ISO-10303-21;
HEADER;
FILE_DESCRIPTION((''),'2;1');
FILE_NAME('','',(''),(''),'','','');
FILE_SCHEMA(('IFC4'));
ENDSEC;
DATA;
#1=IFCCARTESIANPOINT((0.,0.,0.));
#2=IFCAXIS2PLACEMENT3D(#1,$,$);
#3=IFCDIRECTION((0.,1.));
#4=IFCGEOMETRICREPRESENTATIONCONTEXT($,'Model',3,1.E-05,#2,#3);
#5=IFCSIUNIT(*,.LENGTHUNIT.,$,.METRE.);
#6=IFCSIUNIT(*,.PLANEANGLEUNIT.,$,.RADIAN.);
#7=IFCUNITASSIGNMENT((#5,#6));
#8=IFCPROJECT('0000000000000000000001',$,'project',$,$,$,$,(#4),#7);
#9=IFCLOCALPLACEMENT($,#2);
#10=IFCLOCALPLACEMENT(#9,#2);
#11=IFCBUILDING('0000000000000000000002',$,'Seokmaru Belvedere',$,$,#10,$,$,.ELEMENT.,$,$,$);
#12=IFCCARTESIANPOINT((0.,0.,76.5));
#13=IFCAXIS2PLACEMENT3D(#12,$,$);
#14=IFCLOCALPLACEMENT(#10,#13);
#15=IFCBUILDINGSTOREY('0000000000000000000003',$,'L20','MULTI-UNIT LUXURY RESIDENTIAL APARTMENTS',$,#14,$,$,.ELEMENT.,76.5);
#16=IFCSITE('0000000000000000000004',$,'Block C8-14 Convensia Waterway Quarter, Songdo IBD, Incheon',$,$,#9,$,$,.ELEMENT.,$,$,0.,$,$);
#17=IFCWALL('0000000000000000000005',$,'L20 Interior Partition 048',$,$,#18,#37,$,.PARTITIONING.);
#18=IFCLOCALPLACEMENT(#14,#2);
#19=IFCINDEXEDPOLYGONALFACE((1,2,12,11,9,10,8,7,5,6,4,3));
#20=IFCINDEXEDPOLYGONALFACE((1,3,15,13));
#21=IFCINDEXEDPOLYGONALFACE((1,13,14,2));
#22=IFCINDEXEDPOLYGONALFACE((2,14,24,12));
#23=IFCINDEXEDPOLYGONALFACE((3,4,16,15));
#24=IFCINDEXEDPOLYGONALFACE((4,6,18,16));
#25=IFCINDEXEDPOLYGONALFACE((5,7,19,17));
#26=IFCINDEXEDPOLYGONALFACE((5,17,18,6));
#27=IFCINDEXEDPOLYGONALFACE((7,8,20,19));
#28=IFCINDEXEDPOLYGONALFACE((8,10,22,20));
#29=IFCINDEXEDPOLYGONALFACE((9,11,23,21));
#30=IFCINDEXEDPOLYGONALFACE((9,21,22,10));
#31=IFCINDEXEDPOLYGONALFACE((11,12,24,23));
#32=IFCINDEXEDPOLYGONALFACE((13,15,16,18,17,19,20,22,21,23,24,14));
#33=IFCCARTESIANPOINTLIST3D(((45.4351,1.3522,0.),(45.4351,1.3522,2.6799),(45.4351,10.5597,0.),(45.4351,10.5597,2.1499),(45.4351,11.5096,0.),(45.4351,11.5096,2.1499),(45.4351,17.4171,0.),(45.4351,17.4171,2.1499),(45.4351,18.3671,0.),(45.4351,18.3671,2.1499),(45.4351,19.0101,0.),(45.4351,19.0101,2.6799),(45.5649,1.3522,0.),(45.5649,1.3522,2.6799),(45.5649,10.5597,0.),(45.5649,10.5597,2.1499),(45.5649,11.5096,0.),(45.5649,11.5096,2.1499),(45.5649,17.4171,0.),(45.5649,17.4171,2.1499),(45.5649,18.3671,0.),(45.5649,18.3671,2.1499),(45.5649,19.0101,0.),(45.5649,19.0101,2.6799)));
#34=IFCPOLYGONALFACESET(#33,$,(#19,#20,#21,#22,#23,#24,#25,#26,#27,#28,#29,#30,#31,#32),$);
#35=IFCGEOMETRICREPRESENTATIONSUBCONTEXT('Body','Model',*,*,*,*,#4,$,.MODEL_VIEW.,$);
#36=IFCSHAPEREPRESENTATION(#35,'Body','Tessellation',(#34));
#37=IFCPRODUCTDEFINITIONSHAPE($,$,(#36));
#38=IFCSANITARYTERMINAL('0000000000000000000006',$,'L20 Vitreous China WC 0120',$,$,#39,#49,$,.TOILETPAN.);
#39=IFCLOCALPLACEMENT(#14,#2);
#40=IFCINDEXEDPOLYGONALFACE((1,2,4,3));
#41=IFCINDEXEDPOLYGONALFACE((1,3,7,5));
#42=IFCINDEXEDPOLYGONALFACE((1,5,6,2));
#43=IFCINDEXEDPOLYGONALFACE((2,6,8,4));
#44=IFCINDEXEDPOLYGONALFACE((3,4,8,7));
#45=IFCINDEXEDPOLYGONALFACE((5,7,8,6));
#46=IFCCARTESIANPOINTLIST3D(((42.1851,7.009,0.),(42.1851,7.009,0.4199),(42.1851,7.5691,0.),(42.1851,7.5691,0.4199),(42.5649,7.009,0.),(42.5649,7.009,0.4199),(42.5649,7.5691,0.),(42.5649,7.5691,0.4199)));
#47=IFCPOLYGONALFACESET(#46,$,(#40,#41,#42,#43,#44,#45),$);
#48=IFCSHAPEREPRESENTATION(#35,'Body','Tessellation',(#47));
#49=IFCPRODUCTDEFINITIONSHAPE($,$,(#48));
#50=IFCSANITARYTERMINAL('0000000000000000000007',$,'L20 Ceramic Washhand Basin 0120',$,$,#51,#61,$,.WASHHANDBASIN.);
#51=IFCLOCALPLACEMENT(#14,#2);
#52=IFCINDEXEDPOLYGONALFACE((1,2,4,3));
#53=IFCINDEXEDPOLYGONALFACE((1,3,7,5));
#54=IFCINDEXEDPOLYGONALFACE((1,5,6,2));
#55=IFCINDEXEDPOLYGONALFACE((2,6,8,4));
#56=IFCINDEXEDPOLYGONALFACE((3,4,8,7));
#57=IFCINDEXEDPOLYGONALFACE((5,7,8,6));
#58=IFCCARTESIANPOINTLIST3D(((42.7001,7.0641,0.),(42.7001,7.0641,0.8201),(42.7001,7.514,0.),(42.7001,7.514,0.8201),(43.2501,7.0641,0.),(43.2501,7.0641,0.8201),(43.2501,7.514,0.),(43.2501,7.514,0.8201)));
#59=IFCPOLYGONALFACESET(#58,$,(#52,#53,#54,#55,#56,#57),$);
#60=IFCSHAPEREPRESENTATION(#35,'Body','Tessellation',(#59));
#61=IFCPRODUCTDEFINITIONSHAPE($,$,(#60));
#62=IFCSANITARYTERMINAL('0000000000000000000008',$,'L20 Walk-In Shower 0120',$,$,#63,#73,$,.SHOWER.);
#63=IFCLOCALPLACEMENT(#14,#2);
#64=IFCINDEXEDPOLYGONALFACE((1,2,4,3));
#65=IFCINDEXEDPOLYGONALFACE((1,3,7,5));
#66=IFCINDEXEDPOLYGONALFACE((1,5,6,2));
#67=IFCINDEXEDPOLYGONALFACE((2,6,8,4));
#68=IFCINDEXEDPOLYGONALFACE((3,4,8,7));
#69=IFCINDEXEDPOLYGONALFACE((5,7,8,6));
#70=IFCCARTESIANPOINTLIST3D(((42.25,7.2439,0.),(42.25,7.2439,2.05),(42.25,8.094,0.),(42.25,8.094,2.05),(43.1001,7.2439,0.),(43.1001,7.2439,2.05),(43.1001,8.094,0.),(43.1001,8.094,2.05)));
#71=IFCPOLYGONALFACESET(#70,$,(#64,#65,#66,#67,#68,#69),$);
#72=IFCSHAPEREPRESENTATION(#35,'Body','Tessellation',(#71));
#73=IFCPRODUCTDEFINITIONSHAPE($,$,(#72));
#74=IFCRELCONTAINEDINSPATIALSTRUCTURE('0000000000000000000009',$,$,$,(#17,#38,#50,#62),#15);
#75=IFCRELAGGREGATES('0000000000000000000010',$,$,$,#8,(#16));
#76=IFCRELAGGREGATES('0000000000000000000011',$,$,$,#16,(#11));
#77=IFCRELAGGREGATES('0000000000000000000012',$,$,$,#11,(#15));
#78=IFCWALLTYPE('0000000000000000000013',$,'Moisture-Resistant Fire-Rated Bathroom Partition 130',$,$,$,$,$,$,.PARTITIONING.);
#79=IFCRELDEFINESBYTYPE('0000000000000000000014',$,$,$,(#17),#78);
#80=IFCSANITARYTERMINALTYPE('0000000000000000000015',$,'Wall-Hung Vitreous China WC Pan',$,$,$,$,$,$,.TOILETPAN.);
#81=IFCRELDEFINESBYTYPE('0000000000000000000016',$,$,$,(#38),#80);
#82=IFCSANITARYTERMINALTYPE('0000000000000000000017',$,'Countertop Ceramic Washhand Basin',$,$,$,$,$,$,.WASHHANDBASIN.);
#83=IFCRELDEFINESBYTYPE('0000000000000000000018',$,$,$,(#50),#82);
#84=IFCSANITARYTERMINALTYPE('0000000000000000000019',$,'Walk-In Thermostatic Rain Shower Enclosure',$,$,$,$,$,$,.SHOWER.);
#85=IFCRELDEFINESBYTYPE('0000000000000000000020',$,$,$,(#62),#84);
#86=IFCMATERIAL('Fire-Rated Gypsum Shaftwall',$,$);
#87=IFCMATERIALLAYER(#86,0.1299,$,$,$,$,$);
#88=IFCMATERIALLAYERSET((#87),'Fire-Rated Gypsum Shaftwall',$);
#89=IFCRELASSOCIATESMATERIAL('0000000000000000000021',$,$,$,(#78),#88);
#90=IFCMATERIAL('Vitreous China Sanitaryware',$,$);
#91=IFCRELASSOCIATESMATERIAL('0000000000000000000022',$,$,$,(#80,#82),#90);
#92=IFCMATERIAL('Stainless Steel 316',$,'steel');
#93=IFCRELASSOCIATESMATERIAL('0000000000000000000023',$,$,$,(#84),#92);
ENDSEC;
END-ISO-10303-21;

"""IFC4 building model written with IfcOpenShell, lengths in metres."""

from ifc_helpers import new_model, si_unit, direction, frame, frame_2d, origin, origin_2d, place, context, subcontext, project, spatial, rectangle, extrude, source, transform, mapped, material, layer, layer_set, type_object, type_shapes, element, save


model = new_model("IFC4")

# Units and contexts
model_context = context("Model", 3, precision=1e-05, world=origin(), true_north=direction((0.0, 1.0)))
body_context = subcontext(model_context, "Body", "Model", "MODEL_VIEW")
ifc_project = project(units=[si_unit("LENGTHUNIT", "METRE"), si_unit("PLANEANGLEUNIT", "RADIAN")], contexts=[model_context])

# Site, building, storey
site_placement = place(None, origin())
site = spatial("IfcSite", under=ifc_project, at=site_placement, Name="Block C8-14 Convensia Waterway Quarter, Songdo IBD, Incheon", CompositionType="ELEMENT", RefElevation=0.0)
building_placement = place(site_placement, origin())
building = spatial("IfcBuilding", under=site, at=building_placement, Name="Seokmaru Belvedere", CompositionType="ELEMENT")
storey_placement = place(building_placement, frame((0.0, 0.0, 76.5)))
storey = spatial("IfcBuildingStorey", under=building, at=storey_placement, Name="L20", Description="MULTI-UNIT LUXURY RESIDENTIAL APARTMENTS", CompositionType="ELEMENT", Elevation=76.5)

# Shared definitions
ifc_material_1 = material(Name="Fire-Rated Gypsum Shaftwall")

# Wall, openings
ifc_layer_1 = layer(ifc_material_1, 0.1299)
ifc_layer_set_1 = layer_set([ifc_layer_1], Name="Fire-Rated Gypsum Shaftwall")
wall_type_1 = type_object("IfcWallType", Name="Moisture-Resistant Fire-Rated Bathroom Partition 130", PredefinedType="PARTITIONING", material=ifc_layer_set_1)
wall_1_placement = place(storey_placement, frame((45.5, 1.3521, 0.0), z_axis=(0.0, 0.0, 1.0), x_axis=(0.0, 1.0, 0.0)))
wall_1 = element("IfcWall", 1, at=wall_1_placement, inside=storey, type_object=wall_type_1, Name="L20 Interior Partition 048", PredefinedType="PARTITIONING", context=body_context, shape_type="SweptSolid", body=[
    extrude(rectangle(XDim=17.658, YDim=0.1299, at=frame_2d((8.8291, 0.0))), origin(), (0.0, 0.0, 1.0), 2.6799),
])
opening_1_placement = place(wall_1_placement, frame((9.2075, 0.0, 0.0)))
element("IfcOpeningElement", 2, at=opening_1_placement, cuts=wall_1, PredefinedType="OPENING", context=body_context, shape_type="SweptSolid", body=[
    extrude(rectangle(XDim=0.95, YDim=2.1499, at=frame_2d((0.4751, 1.075))), frame((0.0, 0.075, 0.0), z_axis=(0.0, -1.0, 0.0), x_axis=(1.0, 0.0, 0.0)), (0.0, 0.0, 1.0), 0.1499),
])
opening_2_placement = place(wall_1_placement, frame((16.0649, 0.0, 0.0)))
element("IfcOpeningElement", 3, at=opening_2_placement, cuts=wall_1, PredefinedType="OPENING", context=body_context, shape_type="SweptSolid", body=[
    extrude(rectangle(XDim=0.95, YDim=2.1499, at=frame_2d((0.4751, 1.075))), frame((0.0, 0.075, 0.0), z_axis=(0.0, -1.0, 0.0), x_axis=(1.0, 0.0, 0.0)), (0.0, 0.0, 1.0), 0.1499),
])

# Sanitary terminals
ifc_material_2 = material(Name="Vitreous China Sanitaryware")
sanitary_terminal_type_1 = type_object("IfcSanitaryTerminalType", Name="Wall-Hung Vitreous China WC Pan", PredefinedType="TOILETPAN", material=ifc_material_2)
shared_shape_1 = source(origin(), body_context, "Body", "SweptSolid", [
    extrude(rectangle(XDim=0.3799, YDim=0.5601, at=origin_2d()), origin(), (0.0, 0.0, 1.0), 0.4199),
])
type_shapes(sanitary_terminal_type_1, [shared_shape_1])
sanitary_terminal_1_placement = place(storey_placement, frame((42.375, 7.2891, 0.0), z_axis=(0.0, 0.0, 1.0), x_axis=(1.0, 0.0, 0.0)))
element("IfcSanitaryTerminal", 4, at=sanitary_terminal_1_placement, inside=storey, type_object=sanitary_terminal_type_1, Name="L20 Vitreous China WC 0120", PredefinedType="TOILETPAN", context=body_context, shape_type="MappedRepresentation", body=[
    mapped(shared_shape_1, transform((0.0, 0.0, 0.0), scale=1.0)),
])
sanitary_terminal_type_2 = type_object("IfcSanitaryTerminalType", Name="Countertop Ceramic Washhand Basin", PredefinedType="WASHHANDBASIN", material=ifc_material_2)
shared_shape_2 = source(origin(), body_context, "Body", "SweptSolid", [
    extrude(rectangle(XDim=0.55, YDim=0.45, at=origin_2d()), origin(), (0.0, 0.0, 1.0), 0.8201),
])
type_shapes(sanitary_terminal_type_2, [shared_shape_2])
sanitary_terminal_2_placement = place(storey_placement, frame((42.9751, 7.2891, 0.0), z_axis=(0.0, 0.0, 1.0), x_axis=(1.0, 0.0, 0.0)))
element("IfcSanitaryTerminal", 5, at=sanitary_terminal_2_placement, inside=storey, type_object=sanitary_terminal_type_2, Name="L20 Ceramic Washhand Basin 0120", PredefinedType="WASHHANDBASIN", context=body_context, shape_type="MappedRepresentation", body=[
    mapped(shared_shape_2, transform((0.0, 0.0, 0.0), scale=1.0)),
])
ifc_material_3 = material(Name="Stainless Steel 316", Category="steel")
sanitary_terminal_type_3 = type_object("IfcSanitaryTerminalType", Name="Walk-In Thermostatic Rain Shower Enclosure", PredefinedType="SHOWER", material=ifc_material_3)
shared_shape_3 = source(origin(), body_context, "Body", "SweptSolid", [
    extrude(rectangle(XDim=0.8501, YDim=0.8501, at=origin_2d()), origin(), (0.0, 0.0, 1.0), 2.05),
])
type_shapes(sanitary_terminal_type_3, [shared_shape_3])
sanitary_terminal_3_placement = place(storey_placement, frame((42.675, 7.6689, 0.0), z_axis=(0.0, 0.0, 1.0), x_axis=(1.0, 0.0, 0.0)))
element("IfcSanitaryTerminal", 6, at=sanitary_terminal_3_placement, inside=storey, type_object=sanitary_terminal_type_3, Name="L20 Walk-In Shower 0120", PredefinedType="SHOWER", context=body_context, shape_type="MappedRepresentation", body=[
    mapped(shared_shape_3, transform((0.0, 0.0, 0.0), scale=1.0)),
])

save(model, "model.ifc")
